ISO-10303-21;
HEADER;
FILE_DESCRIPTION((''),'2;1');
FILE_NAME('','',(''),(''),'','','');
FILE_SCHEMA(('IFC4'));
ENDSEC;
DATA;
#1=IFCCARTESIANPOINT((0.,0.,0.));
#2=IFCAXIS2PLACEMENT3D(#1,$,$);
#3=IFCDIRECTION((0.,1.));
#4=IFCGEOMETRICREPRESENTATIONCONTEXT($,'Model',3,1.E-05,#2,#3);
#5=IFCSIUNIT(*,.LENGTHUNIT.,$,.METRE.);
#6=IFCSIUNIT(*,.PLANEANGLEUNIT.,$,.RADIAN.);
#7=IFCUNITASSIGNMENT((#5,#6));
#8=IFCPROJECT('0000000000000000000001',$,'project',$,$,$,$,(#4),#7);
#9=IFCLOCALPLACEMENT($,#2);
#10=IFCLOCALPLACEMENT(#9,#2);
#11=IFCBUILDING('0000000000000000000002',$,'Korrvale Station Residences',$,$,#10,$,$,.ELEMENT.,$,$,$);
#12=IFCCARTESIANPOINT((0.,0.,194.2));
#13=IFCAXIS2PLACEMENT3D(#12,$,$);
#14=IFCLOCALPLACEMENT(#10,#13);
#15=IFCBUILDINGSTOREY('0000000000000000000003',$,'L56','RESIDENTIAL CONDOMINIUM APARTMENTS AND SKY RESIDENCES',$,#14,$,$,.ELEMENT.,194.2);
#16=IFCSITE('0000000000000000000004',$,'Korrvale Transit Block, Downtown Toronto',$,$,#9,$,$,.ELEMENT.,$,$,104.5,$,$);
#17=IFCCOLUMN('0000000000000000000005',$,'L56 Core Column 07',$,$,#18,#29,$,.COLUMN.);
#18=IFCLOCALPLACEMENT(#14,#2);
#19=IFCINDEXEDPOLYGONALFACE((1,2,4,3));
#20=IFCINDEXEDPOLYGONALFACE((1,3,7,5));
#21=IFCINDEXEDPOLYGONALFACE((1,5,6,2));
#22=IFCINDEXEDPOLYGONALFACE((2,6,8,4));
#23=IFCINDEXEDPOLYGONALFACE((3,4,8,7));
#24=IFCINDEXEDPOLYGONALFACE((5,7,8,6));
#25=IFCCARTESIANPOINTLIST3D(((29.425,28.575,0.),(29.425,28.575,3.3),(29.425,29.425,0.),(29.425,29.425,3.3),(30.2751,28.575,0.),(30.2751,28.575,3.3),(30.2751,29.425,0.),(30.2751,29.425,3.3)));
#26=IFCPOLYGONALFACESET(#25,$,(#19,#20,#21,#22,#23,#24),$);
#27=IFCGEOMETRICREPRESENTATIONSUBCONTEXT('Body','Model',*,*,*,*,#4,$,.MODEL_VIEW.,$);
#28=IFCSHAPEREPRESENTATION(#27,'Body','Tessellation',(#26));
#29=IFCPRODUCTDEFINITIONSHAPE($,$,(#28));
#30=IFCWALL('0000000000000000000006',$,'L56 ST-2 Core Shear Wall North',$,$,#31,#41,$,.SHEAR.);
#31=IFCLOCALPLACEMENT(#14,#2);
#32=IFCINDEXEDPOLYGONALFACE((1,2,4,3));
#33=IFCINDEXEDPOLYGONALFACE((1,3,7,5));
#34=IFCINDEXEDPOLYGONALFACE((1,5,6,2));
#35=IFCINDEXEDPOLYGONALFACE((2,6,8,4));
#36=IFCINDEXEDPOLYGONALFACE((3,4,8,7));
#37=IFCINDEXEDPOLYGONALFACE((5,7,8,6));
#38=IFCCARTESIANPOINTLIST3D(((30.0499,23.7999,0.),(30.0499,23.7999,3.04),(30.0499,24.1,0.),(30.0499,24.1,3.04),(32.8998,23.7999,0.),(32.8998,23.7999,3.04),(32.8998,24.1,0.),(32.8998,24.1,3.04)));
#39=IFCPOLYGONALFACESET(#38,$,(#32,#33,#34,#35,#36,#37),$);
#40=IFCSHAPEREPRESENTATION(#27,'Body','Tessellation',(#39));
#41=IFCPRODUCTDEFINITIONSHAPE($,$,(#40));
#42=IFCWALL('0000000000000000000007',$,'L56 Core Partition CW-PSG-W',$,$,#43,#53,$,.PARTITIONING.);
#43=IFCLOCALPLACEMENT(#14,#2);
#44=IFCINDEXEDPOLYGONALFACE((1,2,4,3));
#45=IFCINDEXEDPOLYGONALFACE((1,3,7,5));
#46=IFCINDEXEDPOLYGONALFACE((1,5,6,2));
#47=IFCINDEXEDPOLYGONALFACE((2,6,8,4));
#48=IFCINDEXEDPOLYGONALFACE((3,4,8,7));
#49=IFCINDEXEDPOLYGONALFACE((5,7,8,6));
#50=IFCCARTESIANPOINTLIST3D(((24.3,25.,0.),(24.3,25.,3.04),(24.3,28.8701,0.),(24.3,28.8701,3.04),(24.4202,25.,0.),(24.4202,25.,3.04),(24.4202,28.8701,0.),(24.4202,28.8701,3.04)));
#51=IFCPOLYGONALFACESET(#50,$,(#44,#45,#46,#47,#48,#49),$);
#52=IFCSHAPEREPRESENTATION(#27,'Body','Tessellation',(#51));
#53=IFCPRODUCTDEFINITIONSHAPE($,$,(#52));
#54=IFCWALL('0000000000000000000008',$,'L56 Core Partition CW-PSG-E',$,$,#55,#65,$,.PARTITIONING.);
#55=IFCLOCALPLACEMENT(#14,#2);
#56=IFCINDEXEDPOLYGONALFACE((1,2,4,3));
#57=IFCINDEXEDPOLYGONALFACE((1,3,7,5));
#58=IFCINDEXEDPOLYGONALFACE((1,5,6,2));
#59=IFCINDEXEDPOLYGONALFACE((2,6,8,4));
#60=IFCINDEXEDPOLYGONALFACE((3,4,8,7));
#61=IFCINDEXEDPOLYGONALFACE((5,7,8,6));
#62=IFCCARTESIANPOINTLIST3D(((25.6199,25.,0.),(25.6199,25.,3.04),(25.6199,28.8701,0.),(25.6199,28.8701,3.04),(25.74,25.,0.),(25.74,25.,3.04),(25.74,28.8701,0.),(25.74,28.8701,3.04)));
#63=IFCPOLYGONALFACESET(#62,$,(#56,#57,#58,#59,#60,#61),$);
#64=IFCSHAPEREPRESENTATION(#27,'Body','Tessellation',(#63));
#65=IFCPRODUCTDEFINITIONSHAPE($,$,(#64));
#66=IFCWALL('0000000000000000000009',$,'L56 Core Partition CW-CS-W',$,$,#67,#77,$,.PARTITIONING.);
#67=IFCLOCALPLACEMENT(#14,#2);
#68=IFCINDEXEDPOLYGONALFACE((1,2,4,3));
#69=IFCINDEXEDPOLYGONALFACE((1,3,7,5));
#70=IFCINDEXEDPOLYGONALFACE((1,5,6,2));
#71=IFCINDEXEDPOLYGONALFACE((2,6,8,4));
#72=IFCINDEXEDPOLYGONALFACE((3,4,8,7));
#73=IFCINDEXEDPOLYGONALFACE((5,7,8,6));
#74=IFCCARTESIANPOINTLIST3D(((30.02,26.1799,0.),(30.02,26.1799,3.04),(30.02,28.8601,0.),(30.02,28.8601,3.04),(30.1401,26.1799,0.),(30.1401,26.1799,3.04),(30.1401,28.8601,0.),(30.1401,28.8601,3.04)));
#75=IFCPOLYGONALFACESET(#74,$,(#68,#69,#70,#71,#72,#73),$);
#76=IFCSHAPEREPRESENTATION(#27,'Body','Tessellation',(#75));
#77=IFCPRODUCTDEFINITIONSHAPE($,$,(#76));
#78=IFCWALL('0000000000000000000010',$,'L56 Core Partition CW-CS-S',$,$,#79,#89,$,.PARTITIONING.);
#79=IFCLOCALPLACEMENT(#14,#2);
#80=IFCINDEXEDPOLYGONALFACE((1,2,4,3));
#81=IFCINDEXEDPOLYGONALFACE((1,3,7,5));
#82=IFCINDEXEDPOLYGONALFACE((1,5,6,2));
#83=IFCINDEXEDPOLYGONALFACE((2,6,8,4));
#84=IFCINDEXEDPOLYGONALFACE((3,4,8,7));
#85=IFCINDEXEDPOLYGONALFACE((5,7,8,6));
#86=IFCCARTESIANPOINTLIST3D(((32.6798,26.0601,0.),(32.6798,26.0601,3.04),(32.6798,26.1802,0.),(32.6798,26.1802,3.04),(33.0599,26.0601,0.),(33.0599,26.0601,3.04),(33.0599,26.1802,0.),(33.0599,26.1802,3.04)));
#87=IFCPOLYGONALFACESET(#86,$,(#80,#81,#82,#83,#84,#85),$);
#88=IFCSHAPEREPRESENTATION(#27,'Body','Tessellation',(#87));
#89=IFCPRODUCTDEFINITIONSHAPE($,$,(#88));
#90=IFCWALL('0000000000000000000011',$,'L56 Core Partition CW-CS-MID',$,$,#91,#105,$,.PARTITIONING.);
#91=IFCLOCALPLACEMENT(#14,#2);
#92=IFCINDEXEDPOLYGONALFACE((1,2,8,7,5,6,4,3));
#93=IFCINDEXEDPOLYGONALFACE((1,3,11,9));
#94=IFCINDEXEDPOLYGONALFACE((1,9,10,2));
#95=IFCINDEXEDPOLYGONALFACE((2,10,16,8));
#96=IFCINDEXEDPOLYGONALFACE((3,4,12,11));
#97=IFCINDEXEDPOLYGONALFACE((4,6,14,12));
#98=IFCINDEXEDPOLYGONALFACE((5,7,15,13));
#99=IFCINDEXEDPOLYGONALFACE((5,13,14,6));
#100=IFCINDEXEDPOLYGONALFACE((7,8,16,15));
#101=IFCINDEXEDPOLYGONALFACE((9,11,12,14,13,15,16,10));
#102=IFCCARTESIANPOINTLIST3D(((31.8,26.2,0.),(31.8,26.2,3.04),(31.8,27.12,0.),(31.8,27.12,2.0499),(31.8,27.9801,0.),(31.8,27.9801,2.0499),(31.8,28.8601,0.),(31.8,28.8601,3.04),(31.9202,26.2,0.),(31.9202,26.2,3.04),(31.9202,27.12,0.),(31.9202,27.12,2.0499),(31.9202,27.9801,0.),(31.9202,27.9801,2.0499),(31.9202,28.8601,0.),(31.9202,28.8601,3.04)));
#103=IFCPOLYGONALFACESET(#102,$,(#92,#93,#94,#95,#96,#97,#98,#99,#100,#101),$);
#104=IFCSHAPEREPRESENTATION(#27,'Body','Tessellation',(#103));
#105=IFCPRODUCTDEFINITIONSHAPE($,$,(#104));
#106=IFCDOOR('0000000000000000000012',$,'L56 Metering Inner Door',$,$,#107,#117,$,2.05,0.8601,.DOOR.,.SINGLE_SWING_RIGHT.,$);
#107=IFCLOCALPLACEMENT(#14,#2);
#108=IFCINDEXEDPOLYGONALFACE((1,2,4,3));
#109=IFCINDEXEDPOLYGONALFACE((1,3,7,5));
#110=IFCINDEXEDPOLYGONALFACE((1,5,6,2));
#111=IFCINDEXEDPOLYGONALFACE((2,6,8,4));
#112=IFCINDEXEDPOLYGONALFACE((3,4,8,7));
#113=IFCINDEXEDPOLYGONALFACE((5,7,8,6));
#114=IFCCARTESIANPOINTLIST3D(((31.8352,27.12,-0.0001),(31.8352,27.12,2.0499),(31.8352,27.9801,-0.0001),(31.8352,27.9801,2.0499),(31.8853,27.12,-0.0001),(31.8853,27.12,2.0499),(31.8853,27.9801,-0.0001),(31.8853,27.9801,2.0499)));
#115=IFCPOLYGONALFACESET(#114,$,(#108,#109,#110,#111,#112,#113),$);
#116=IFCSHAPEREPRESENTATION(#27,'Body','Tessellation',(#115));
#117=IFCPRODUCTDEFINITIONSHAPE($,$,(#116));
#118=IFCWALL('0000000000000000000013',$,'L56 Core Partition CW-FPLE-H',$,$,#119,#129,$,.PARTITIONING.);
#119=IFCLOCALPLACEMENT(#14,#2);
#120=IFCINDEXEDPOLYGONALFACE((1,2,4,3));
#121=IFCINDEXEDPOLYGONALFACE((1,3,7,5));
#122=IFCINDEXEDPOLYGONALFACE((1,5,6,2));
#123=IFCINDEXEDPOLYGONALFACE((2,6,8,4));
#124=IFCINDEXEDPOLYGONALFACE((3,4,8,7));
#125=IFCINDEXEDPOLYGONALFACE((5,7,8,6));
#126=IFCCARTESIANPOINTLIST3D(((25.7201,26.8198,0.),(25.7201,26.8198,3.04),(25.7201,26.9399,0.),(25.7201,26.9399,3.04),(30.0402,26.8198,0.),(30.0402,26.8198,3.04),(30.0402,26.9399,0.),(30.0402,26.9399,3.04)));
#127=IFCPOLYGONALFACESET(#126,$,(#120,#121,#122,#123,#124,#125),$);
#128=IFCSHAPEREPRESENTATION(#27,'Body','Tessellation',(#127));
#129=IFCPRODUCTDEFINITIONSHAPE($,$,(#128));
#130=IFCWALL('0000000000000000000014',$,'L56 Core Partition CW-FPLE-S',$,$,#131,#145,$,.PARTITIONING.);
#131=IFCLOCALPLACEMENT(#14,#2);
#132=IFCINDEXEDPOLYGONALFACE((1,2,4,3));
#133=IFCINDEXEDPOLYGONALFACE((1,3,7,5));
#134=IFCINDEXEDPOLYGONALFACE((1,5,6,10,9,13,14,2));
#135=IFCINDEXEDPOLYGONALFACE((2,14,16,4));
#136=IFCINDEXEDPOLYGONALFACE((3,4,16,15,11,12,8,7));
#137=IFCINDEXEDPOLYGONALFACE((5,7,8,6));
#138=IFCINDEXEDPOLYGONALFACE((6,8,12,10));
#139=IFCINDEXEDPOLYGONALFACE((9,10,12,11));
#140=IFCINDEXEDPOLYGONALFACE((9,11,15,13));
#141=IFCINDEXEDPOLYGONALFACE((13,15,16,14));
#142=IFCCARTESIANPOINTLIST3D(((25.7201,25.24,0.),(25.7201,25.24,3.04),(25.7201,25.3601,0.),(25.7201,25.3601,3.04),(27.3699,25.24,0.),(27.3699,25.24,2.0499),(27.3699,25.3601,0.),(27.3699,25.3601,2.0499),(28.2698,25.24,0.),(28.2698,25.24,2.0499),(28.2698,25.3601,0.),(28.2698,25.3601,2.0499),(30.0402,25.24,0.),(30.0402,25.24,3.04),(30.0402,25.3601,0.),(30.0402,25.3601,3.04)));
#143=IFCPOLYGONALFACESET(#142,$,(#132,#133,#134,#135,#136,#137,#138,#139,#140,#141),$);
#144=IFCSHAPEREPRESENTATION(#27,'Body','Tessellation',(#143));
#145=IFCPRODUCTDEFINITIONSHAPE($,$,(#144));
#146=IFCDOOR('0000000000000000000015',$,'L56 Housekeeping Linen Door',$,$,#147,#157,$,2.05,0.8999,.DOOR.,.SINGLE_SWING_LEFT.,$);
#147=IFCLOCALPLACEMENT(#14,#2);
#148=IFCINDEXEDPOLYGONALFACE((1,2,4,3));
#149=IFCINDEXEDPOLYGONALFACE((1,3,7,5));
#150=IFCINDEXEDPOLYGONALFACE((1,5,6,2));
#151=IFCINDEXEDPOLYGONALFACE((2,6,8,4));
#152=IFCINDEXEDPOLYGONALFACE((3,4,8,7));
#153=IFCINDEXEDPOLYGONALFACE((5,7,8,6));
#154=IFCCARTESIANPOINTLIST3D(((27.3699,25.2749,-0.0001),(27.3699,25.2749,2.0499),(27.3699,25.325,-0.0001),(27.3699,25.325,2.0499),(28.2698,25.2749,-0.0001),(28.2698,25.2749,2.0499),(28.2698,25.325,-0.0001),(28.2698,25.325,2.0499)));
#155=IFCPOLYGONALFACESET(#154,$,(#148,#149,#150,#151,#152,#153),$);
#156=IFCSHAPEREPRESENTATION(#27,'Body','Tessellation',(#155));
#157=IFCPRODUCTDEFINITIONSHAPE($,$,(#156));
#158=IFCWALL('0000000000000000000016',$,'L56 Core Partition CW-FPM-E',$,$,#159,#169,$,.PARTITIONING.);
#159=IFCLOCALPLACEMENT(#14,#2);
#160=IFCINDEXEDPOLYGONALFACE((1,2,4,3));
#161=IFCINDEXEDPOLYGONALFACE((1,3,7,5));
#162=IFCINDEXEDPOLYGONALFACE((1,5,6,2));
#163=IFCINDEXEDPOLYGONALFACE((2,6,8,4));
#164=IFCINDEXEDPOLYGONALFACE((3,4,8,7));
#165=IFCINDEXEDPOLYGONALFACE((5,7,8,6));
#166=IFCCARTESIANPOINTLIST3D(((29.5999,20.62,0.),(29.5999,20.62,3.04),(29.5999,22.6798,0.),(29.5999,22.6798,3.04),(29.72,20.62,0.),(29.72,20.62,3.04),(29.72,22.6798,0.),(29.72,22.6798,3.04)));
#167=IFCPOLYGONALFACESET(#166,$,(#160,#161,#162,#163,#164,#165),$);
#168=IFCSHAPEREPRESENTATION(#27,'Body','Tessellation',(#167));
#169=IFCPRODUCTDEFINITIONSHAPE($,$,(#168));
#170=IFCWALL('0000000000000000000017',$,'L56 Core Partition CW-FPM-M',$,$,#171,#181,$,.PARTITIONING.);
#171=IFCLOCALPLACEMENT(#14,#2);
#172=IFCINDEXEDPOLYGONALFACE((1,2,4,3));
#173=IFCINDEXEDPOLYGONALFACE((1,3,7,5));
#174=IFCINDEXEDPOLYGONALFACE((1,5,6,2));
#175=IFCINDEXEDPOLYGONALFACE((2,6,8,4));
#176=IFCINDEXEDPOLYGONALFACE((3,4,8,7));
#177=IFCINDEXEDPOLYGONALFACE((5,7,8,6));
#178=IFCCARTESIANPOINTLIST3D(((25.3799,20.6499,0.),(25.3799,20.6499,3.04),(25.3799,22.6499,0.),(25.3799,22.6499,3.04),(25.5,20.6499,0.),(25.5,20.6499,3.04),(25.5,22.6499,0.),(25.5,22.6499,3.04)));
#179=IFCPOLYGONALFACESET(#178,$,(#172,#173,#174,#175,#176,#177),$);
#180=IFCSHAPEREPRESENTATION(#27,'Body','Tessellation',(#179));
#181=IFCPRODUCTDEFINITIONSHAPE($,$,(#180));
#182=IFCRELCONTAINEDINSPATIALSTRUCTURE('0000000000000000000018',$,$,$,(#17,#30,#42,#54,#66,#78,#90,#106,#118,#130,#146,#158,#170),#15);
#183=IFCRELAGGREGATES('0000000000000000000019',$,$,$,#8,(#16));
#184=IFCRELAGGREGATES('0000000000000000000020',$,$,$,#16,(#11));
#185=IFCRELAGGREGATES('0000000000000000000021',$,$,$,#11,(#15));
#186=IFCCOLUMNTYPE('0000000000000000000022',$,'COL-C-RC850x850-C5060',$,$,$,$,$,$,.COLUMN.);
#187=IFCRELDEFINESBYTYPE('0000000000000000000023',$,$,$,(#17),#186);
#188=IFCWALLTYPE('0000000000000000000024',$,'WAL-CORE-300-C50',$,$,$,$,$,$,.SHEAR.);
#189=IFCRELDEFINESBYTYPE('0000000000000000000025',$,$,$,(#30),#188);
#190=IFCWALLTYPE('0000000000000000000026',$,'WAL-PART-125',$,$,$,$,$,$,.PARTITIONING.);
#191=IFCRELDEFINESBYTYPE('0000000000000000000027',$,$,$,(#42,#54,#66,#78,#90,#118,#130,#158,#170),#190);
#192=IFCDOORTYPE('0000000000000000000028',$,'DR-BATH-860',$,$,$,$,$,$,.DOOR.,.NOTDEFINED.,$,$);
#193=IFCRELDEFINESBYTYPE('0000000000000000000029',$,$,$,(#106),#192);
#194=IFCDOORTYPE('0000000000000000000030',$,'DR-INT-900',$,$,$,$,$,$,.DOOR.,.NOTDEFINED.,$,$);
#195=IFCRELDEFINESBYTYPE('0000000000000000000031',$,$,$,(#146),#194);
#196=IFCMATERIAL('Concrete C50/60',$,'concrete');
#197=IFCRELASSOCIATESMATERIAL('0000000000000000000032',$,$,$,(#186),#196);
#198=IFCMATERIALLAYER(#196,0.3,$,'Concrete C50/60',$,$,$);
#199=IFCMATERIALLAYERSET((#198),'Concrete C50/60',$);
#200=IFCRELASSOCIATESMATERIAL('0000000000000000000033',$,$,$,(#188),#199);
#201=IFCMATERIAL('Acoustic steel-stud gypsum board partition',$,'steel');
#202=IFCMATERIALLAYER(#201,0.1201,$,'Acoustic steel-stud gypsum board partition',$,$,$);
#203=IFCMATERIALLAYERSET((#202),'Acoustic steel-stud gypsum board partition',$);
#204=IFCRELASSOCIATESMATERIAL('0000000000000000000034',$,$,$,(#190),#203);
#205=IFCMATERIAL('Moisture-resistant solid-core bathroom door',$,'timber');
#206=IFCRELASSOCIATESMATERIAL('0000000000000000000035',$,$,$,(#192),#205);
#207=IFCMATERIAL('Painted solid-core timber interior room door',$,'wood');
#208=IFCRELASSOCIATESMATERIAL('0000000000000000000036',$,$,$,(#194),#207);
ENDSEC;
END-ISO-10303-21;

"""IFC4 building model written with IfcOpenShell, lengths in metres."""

from ifc_helpers import new_model, si_unit, direction, frame, frame_2d, origin, origin_2d, place, context, subcontext, project, spatial, rectangle, extrude, material, layer, layer_set, material_profile, profile_set, type_object, element, fill, save


model = new_model("IFC4")

# Units and contexts
model_context = context("Model", 3, precision=1e-05, world=origin(), true_north=direction((0.0, 1.0)))
body_context = subcontext(model_context, "Body", "Model", "MODEL_VIEW")
ifc_project = project(units=[si_unit("LENGTHUNIT", "METRE"), si_unit("PLANEANGLEUNIT", "RADIAN")], contexts=[model_context])

# Site, building, storey
site_placement = place(None, origin())
site = spatial("IfcSite", under=ifc_project, at=site_placement, Name="Korrvale Transit Block, Downtown Toronto", CompositionType="ELEMENT", RefElevation=104.5)
building_placement = place(site_placement, origin())
building = spatial("IfcBuilding", under=site, at=building_placement, Name="Korrvale Station Residences", CompositionType="ELEMENT")
storey_placement = place(building_placement, frame((0.0, 0.0, 194.2)))
storey = spatial("IfcBuildingStorey", under=building, at=storey_placement, Name="L56", Description="RESIDENTIAL CONDOMINIUM APARTMENTS AND SKY RESIDENCES", CompositionType="ELEMENT", Elevation=194.2)

# Column
ifc_material_1 = material(Name="Concrete C50/60", Category="concrete")
ifc_material_profile = material_profile(ifc_material_1, rectangle(XDim=0.8501, YDim=0.8501, at=origin_2d()), Name="RC850x850")
ifc_profile_set = profile_set([ifc_material_profile], Name="Concrete C50/60")
column_type = type_object("IfcColumnType", Name="COL-C-RC850x850-C5060", PredefinedType="COLUMN", material=ifc_profile_set)
column_placement = place(storey_placement, frame((29.8501, 29.0, 0.0), z_axis=(0.0, 0.0, 1.0), x_axis=(1.0, 0.0, 0.0)))
element("IfcColumn", 1, at=column_placement, inside=storey, type_object=column_type, Name="L56 Core Column 07", PredefinedType="COLUMN", context=body_context, shape_type="SweptSolid", body=[
    extrude(rectangle(XDim=0.8501, YDim=0.8501, at=origin_2d()), origin(), (0.0, 0.0, 1.0), 3.3),
])

# Walls
ifc_layer_1 = layer(ifc_material_1, 0.3, Name="Concrete C50/60")
ifc_layer_set_1 = layer_set([ifc_layer_1], Name="Concrete C50/60")
wall_type_1 = type_object("IfcWallType", Name="WAL-CORE-300-C50", PredefinedType="SHEAR", material=ifc_layer_set_1)
wall_1_placement = place(storey_placement, frame((30.05, 23.95, 0.0), z_axis=(0.0, 0.0, 1.0), x_axis=(1.0, 0.0, 0.0)))
element("IfcWall", 2, at=wall_1_placement, inside=storey, type_object=wall_type_1, Name="L56 ST-2 Core Shear Wall North", PredefinedType="SHEAR", context=body_context, shape_type="SweptSolid", body=[
    extrude(rectangle(XDim=2.8499, YDim=0.3, at=frame_2d((1.4248, 0.0))), origin(), (0.0, 0.0, 1.0), 3.04),
])
ifc_material_2 = material(Name="Acoustic steel-stud gypsum board partition", Category="steel")
ifc_layer_2 = layer(ifc_material_2, 0.1201, Name="Acoustic steel-stud gypsum board partition")
ifc_layer_set_2 = layer_set([ifc_layer_2], Name="Acoustic steel-stud gypsum board partition")
wall_type_2 = type_object("IfcWallType", Name="WAL-PART-125", PredefinedType="PARTITIONING", material=ifc_layer_set_2)
for number, where, z_axis, x_axis, name in (
    (3, (24.3601, 25.0, 0.0), (0.0, 0.0, 1.0), (0.0, 1.0, 0.0), "L56 Core Partition CW-PSG-W"),
    (4, (25.6799, 25.0, 0.0), (0.0, 0.0, 1.0), (0.0, 1.0, 0.0), "L56 Core Partition CW-PSG-E"),
):
    element("IfcWall", number, at=place(storey_placement, frame(where, z_axis=z_axis, x_axis=x_axis)), inside=storey, type_object=wall_type_2, Name=name, PredefinedType="PARTITIONING", context=body_context, shape_type="SweptSolid", body=[
        extrude(rectangle(XDim=3.8701, YDim=0.1201, at=frame_2d((1.9351, 0.0))), origin(), (0.0, 0.0, 1.0), 3.04),
    ])
wall_2_placement = place(storey_placement, frame((30.0801, 26.1799, 0.0), z_axis=(0.0, 0.0, 1.0), x_axis=(0.0, 1.0, 0.0)))
element("IfcWall", 5, at=wall_2_placement, inside=storey, type_object=wall_type_2, Name="L56 Core Partition CW-CS-W", PredefinedType="PARTITIONING", context=body_context, shape_type="SweptSolid", body=[
    extrude(rectangle(XDim=2.6802, YDim=0.1201, at=frame_2d((1.3401, 0.0))), origin(), (0.0, 0.0, 1.0), 3.04),
])
wall_3_placement = place(storey_placement, frame((32.6799, 26.1201, 0.0), z_axis=(0.0, 0.0, 1.0), x_axis=(1.0, 0.0, 0.0)))
element("IfcWall", 6, at=wall_3_placement, inside=storey, type_object=wall_type_2, Name="L56 Core Partition CW-CS-S", PredefinedType="PARTITIONING", context=body_context, shape_type="SweptSolid", body=[
    extrude(rectangle(XDim=0.3801, YDim=0.1201, at=frame_2d((0.1899, 0.0))), origin(), (0.0, 0.0, 1.0), 3.04),
])

# Wall, opening, door
wall_4_placement = place(storey_placement, frame((31.8601, 26.2, 0.0), z_axis=(0.0, 0.0, 1.0), x_axis=(0.0, 1.0, 0.0)))
wall_4 = element("IfcWall", 7, at=wall_4_placement, inside=storey, type_object=wall_type_2, Name="L56 Core Partition CW-CS-MID", PredefinedType="PARTITIONING", context=body_context, shape_type="SweptSolid", body=[
    extrude(rectangle(XDim=2.6602, YDim=0.1201, at=frame_2d((1.3301, 0.0))), origin(), (0.0, 0.0, 1.0), 3.04),
])
opening_1_placement = place(wall_4_placement, frame((0.9199, 0.0, 0.0)))
opening_1 = element("IfcOpeningElement", 8, at=opening_1_placement, cuts=wall_4, PredefinedType="OPENING", context=body_context, shape_type="SweptSolid", body=[
    extrude(rectangle(XDim=0.8601, YDim=2.05, at=frame_2d((0.4302, 1.0249))), frame((0.0, 0.0701, 0.0), z_axis=(0.0, -1.0, 0.0), x_axis=(1.0, 0.0, 0.0)), (0.0, 0.0, 1.0), 0.1401),
])
ifc_material_3 = material(Name="Moisture-resistant solid-core bathroom door", Category="timber")
door_type_1 = type_object("IfcDoorType", Name="DR-BATH-860", OperationType="NOTDEFINED", PredefinedType="DOOR", material=ifc_material_3)
door_1_placement = place(opening_1_placement, origin())
door_1 = element("IfcDoor", 9, at=door_1_placement, inside=storey, type_object=door_type_1, Name="L56 Metering Inner Door", OperationType="SINGLE_SWING_RIGHT", OverallHeight=2.05, OverallWidth=0.8601, PredefinedType="DOOR", context=body_context, shape_type="SweptSolid", body=[
    extrude(rectangle(XDim=0.8601, YDim=2.05, at=frame_2d((0.4302, 1.0249))), frame((0.0, 0.0249, 0.0), z_axis=(0.0, -1.0, 0.0), x_axis=(1.0, 0.0, 0.0)), (0.0, 0.0, 1.0), 0.05),
])
fill(opening_1, door_1)

# Wall
wall_5_placement = place(storey_placement, frame((25.72, 26.8799, 0.0), z_axis=(0.0, 0.0, 1.0), x_axis=(1.0, 0.0, 0.0)))
element("IfcWall", 10, at=wall_5_placement, inside=storey, type_object=wall_type_2, Name="L56 Core Partition CW-FPLE-H", PredefinedType="PARTITIONING", context=body_context, shape_type="SweptSolid", body=[
    extrude(rectangle(XDim=4.3201, YDim=0.1201, at=frame_2d((2.1602, 0.0))), origin(), (0.0, 0.0, 1.0), 3.04),
])

# Wall, opening, door
wall_6_placement = place(storey_placement, frame((25.72, 25.3, 0.0), z_axis=(0.0, 0.0, 1.0), x_axis=(1.0, 0.0, 0.0)))
wall_6 = element("IfcWall", 11, at=wall_6_placement, inside=storey, type_object=wall_type_2, Name="L56 Core Partition CW-FPLE-S", PredefinedType="PARTITIONING", context=body_context, shape_type="SweptSolid", body=[
    extrude(rectangle(XDim=4.3201, YDim=0.1201, at=frame_2d((2.1602, 0.0))), origin(), (0.0, 0.0, 1.0), 3.04),
])
opening_2_placement = place(wall_6_placement, frame((1.6499, 0.0, 0.0)))
opening_2 = element("IfcOpeningElement", 12, at=opening_2_placement, cuts=wall_6, PredefinedType="OPENING", context=body_context, shape_type="SweptSolid", body=[
    extrude(rectangle(XDim=0.8999, YDim=2.05, at=frame_2d((0.45, 1.0249))), frame((0.0, 0.0701, 0.0), z_axis=(0.0, -1.0, 0.0), x_axis=(1.0, 0.0, 0.0)), (0.0, 0.0, 1.0), 0.1401),
])
ifc_material_4 = material(Name="Painted solid-core timber interior room door", Category="wood")
door_type_2 = type_object("IfcDoorType", Name="DR-INT-900", OperationType="NOTDEFINED", PredefinedType="DOOR", material=ifc_material_4)
door_2_placement = place(opening_2_placement, origin())
door_2 = element("IfcDoor", 13, at=door_2_placement, inside=storey, type_object=door_type_2, Name="L56 Housekeeping Linen Door", OperationType="SINGLE_SWING_LEFT", OverallHeight=2.05, OverallWidth=0.8999, PredefinedType="DOOR", context=body_context, shape_type="SweptSolid", body=[
    extrude(rectangle(XDim=0.8999, YDim=2.05, at=frame_2d((0.45, 1.0249))), frame((0.0, 0.0249, 0.0), z_axis=(0.0, -1.0, 0.0), x_axis=(1.0, 0.0, 0.0)), (0.0, 0.0, 1.0), 0.05),
])
fill(opening_2, door_2)

# Walls
wall_7_placement = place(storey_placement, frame((29.6599, 20.6201, 0.0), z_axis=(0.0, 0.0, 1.0), x_axis=(0.0, 1.0, 0.0)))
element("IfcWall", 14, at=wall_7_placement, inside=storey, type_object=wall_type_2, Name="L56 Core Partition CW-FPM-E", PredefinedType="PARTITIONING", context=body_context, shape_type="SweptSolid", body=[
    extrude(rectangle(XDim=2.0598, YDim=0.1201, at=frame_2d((1.0298, 0.0))), origin(), (0.0, 0.0, 1.0), 3.04),
])
wall_8_placement = place(storey_placement, frame((25.4399, 20.6499, 0.0), z_axis=(0.0, 0.0, 1.0), x_axis=(0.0, 1.0, 0.0)))
element("IfcWall", 15, at=wall_8_placement, inside=storey, type_object=wall_type_2, Name="L56 Core Partition CW-FPM-M", PredefinedType="PARTITIONING", context=body_context, shape_type="SweptSolid", body=[
    extrude(rectangle(XDim=2.0, YDim=0.1201, at=frame_2d((1.0, 0.0))), origin(), (0.0, 0.0, 1.0), 3.04),
])

save(model, "model.ifc")
